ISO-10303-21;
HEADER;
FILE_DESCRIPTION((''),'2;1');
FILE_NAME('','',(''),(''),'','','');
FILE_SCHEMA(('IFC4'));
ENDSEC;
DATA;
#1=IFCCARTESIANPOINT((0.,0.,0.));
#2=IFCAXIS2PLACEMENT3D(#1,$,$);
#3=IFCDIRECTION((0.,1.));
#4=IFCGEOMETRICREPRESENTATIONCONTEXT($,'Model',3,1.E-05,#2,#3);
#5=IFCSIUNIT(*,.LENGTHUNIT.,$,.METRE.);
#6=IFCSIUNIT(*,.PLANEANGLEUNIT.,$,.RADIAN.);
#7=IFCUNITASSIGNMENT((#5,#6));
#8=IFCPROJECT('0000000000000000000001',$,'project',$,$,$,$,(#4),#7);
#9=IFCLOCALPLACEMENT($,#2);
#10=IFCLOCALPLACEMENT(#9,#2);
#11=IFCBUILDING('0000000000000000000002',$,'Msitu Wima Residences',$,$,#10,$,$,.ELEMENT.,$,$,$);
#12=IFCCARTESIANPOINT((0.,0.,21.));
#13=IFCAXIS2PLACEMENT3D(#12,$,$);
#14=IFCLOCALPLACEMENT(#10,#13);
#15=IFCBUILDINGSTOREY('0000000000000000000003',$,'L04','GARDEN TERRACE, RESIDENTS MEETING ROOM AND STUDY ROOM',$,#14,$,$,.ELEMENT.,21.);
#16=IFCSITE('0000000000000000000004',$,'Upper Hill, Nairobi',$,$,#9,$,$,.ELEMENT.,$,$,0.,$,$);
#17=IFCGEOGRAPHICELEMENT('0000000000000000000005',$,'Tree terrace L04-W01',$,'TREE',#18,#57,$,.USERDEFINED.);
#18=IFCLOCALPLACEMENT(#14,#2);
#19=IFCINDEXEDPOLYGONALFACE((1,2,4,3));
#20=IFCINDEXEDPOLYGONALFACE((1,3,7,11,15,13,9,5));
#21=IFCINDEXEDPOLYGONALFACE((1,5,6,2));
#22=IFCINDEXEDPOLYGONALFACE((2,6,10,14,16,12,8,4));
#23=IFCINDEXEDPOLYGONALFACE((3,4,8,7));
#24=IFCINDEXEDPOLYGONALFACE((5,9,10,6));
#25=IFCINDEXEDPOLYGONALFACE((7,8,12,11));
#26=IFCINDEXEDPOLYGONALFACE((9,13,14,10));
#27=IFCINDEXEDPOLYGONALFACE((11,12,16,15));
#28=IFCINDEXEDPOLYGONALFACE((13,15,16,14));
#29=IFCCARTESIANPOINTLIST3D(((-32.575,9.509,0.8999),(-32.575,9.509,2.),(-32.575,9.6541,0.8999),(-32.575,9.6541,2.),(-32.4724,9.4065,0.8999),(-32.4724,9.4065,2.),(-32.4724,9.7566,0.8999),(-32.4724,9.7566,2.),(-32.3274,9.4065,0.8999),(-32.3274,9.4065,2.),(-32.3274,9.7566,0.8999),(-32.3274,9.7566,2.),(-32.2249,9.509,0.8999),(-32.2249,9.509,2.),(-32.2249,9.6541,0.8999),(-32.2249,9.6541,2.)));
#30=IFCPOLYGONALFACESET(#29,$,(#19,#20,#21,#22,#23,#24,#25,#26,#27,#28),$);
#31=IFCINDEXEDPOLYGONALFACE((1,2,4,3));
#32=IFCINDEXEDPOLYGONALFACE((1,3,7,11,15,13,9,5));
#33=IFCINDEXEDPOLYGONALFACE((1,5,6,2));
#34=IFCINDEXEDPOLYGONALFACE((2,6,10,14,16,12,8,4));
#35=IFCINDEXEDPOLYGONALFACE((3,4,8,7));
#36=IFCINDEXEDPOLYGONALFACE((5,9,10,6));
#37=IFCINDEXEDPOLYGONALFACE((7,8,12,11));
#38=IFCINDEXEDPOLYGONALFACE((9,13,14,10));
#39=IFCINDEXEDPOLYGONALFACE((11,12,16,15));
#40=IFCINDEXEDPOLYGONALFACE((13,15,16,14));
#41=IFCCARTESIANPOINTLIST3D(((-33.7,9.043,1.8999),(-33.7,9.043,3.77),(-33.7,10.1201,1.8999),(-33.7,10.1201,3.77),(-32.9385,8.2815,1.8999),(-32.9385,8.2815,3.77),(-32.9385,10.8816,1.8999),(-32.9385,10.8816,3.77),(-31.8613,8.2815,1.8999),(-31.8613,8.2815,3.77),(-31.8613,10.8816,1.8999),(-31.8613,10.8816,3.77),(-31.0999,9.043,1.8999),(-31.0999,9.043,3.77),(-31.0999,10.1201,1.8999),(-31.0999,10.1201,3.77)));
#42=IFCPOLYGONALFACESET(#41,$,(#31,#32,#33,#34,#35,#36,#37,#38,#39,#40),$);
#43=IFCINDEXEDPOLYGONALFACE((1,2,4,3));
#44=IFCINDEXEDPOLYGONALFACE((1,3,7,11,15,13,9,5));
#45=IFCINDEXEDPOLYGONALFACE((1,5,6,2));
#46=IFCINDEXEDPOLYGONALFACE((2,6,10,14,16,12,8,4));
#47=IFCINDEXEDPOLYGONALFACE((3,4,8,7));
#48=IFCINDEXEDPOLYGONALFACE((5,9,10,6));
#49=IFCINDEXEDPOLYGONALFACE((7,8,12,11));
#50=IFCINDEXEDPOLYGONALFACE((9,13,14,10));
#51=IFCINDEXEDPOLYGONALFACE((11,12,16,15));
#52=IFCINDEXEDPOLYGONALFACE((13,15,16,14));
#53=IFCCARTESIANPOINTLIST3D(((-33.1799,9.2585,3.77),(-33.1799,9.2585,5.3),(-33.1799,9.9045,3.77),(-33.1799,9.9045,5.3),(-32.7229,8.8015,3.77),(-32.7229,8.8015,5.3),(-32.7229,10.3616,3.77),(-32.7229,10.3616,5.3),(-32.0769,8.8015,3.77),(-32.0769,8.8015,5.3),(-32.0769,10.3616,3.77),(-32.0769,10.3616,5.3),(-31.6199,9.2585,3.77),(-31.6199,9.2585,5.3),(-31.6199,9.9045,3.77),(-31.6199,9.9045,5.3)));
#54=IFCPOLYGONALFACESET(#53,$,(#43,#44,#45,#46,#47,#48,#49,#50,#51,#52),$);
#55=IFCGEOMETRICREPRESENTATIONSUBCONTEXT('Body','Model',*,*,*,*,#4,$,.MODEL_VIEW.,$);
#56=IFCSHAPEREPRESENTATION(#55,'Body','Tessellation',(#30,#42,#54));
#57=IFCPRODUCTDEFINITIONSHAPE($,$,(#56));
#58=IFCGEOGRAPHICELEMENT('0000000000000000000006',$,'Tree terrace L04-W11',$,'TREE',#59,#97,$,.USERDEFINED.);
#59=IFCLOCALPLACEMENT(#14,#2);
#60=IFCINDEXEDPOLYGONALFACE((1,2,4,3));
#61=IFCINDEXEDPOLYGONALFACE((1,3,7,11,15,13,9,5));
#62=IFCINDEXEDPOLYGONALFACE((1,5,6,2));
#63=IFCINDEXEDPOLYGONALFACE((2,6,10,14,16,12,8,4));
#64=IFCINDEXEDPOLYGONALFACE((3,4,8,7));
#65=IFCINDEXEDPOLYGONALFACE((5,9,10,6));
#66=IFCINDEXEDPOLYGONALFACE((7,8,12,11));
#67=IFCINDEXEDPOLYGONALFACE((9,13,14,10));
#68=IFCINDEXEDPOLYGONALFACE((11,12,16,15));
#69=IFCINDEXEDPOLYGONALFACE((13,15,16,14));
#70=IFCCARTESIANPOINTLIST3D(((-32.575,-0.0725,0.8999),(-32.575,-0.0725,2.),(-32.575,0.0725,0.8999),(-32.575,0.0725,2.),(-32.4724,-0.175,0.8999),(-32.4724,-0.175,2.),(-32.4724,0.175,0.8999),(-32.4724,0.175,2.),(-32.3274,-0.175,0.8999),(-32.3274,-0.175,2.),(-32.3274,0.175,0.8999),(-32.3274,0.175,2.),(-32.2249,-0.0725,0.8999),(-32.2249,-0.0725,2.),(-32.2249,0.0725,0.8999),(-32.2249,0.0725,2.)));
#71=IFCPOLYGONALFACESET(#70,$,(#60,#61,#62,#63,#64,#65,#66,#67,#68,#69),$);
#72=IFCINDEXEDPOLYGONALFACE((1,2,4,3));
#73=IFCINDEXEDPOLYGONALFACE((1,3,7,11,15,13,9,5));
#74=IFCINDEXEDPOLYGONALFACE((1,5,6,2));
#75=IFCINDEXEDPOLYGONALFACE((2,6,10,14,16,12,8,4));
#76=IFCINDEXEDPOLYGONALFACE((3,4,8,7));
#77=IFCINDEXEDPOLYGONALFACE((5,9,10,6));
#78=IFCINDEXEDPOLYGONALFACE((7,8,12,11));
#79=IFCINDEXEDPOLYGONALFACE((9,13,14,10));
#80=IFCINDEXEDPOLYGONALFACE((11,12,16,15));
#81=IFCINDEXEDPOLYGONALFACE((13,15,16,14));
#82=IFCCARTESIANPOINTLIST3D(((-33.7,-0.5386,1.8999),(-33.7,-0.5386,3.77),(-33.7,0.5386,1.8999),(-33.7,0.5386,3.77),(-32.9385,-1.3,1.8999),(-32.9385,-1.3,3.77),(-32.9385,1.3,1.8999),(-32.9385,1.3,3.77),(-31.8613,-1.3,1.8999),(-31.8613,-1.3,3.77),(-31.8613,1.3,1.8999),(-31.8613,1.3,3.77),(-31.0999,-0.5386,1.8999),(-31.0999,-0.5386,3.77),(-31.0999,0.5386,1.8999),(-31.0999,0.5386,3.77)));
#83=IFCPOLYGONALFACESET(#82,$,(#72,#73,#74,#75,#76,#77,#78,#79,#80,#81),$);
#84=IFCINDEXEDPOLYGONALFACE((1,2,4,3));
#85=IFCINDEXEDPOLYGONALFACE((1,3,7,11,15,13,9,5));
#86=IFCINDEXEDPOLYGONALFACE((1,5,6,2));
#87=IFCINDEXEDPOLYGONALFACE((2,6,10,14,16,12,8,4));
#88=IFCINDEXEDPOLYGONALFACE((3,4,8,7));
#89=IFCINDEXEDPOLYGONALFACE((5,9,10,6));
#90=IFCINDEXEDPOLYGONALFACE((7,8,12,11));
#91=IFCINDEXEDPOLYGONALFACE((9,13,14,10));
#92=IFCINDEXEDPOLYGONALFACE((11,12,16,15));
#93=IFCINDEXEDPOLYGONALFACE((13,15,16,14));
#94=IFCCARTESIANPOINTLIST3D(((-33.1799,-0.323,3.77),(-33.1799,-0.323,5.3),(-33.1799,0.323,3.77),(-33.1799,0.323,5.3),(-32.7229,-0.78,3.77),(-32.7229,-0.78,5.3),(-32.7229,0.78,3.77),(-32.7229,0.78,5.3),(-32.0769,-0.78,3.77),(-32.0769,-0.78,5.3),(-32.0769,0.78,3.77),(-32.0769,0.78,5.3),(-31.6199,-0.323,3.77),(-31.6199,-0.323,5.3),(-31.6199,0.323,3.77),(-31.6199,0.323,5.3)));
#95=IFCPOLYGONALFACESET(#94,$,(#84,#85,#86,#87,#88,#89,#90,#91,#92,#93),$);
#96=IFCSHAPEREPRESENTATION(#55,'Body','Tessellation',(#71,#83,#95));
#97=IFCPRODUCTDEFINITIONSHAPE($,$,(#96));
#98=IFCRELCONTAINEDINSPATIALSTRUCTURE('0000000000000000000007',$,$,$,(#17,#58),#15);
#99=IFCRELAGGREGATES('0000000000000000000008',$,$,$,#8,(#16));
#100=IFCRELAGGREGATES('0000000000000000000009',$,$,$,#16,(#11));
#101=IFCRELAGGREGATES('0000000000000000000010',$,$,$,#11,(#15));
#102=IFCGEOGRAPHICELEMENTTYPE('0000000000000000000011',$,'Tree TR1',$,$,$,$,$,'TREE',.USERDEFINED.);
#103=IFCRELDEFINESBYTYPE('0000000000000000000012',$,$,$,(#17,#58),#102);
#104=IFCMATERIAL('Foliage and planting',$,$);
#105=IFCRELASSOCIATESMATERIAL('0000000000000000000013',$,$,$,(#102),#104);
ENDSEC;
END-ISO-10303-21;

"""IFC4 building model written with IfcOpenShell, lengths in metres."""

from ifc_helpers import new_model, si_unit, direction, frame, origin, place, context, subcontext, project, spatial, polyline, outline, extrude, material, type_object, element, save


model = new_model("IFC4")

# Units and contexts
model_context = context("Model", 3, precision=1e-05, world=origin(), true_north=direction((0.0, 1.0)))
body_context = subcontext(model_context, "Body", "Model", "MODEL_VIEW")
ifc_project = project(units=[si_unit("LENGTHUNIT", "METRE"), si_unit("PLANEANGLEUNIT", "RADIAN")], contexts=[model_context])

# Site, building, storey
site_placement = place(None, origin())
site = spatial("IfcSite", under=ifc_project, at=site_placement, Name="Upper Hill, Nairobi", CompositionType="ELEMENT", RefElevation=0.0)
building_placement = place(site_placement, origin())
building = spatial("IfcBuilding", under=site, at=building_placement, Name="Msitu Wima Residences", CompositionType="ELEMENT")
storey_placement = place(building_placement, frame((0.0, 0.0, 21.0)))
storey = spatial("IfcBuildingStorey", under=building, at=storey_placement, Name="L04", Description="GARDEN TERRACE, RESIDENTS MEETING ROOM AND STUDY ROOM", CompositionType="ELEMENT", Elevation=21.0)

# Geographic elements
ifc_material_1 = material(Name="Foliage and planting")
geographic_element_type = type_object("IfcGeographicElementType", Name="Tree TR1", ElementType="TREE", PredefinedType="USERDEFINED", material=ifc_material_1)
for number, where, z_axis, x_axis, name in (
    (1, (-32.3999, 9.5815, 0.8999), (0.0, 0.0, 1.0), (1.0, 0.0, 0.0), "Tree terrace L04-W01"),
    (2, (-32.3999, 0.0, 0.8999), (0.0, 0.0, 1.0), (1.0, 0.0, 0.0), "Tree terrace L04-W11"),
):
    element("IfcGeographicElement", number, at=place(storey_placement, frame(where, z_axis=z_axis, x_axis=x_axis)), inside=storey, type_object=geographic_element_type, Name=name, ObjectType="TREE", PredefinedType="USERDEFINED", context=body_context, shape_type="SweptSolid", body=[
        extrude(outline(polyline([(0.175, 0.0725), (0.0725, 0.175), (-0.0725, 0.175), (-0.175, 0.0725), (-0.175, -0.0725), (-0.0725, -0.175), (0.0725, -0.175), (0.175, -0.0725), (0.175, 0.0725)])), origin(), (0.0, 0.0, 1.0), 1.1001),
        extrude(outline(polyline([(1.3, 0.5386), (0.5386, 1.3), (-0.5386, 1.3), (-1.3, 0.5386), (-1.3, -0.5386), (-0.5386, -1.3), (0.5386, -1.3), (1.3, -0.5386), (1.3, 0.5386)])), frame((0.0, 0.0, 1.0)), (0.0, 0.0, 1.0), 1.8701),
        extrude(outline(polyline([(0.78, 0.323), (0.323, 0.78), (-0.323, 0.78), (-0.78, 0.323), (-0.78, -0.323), (-0.323, -0.78), (0.323, -0.78), (0.78, -0.323), (0.78, 0.323)])), frame((0.0, 0.0, 2.8701)), (0.0, 0.0, 1.0), 1.53),
    ])

save(model, "model.ifc")
